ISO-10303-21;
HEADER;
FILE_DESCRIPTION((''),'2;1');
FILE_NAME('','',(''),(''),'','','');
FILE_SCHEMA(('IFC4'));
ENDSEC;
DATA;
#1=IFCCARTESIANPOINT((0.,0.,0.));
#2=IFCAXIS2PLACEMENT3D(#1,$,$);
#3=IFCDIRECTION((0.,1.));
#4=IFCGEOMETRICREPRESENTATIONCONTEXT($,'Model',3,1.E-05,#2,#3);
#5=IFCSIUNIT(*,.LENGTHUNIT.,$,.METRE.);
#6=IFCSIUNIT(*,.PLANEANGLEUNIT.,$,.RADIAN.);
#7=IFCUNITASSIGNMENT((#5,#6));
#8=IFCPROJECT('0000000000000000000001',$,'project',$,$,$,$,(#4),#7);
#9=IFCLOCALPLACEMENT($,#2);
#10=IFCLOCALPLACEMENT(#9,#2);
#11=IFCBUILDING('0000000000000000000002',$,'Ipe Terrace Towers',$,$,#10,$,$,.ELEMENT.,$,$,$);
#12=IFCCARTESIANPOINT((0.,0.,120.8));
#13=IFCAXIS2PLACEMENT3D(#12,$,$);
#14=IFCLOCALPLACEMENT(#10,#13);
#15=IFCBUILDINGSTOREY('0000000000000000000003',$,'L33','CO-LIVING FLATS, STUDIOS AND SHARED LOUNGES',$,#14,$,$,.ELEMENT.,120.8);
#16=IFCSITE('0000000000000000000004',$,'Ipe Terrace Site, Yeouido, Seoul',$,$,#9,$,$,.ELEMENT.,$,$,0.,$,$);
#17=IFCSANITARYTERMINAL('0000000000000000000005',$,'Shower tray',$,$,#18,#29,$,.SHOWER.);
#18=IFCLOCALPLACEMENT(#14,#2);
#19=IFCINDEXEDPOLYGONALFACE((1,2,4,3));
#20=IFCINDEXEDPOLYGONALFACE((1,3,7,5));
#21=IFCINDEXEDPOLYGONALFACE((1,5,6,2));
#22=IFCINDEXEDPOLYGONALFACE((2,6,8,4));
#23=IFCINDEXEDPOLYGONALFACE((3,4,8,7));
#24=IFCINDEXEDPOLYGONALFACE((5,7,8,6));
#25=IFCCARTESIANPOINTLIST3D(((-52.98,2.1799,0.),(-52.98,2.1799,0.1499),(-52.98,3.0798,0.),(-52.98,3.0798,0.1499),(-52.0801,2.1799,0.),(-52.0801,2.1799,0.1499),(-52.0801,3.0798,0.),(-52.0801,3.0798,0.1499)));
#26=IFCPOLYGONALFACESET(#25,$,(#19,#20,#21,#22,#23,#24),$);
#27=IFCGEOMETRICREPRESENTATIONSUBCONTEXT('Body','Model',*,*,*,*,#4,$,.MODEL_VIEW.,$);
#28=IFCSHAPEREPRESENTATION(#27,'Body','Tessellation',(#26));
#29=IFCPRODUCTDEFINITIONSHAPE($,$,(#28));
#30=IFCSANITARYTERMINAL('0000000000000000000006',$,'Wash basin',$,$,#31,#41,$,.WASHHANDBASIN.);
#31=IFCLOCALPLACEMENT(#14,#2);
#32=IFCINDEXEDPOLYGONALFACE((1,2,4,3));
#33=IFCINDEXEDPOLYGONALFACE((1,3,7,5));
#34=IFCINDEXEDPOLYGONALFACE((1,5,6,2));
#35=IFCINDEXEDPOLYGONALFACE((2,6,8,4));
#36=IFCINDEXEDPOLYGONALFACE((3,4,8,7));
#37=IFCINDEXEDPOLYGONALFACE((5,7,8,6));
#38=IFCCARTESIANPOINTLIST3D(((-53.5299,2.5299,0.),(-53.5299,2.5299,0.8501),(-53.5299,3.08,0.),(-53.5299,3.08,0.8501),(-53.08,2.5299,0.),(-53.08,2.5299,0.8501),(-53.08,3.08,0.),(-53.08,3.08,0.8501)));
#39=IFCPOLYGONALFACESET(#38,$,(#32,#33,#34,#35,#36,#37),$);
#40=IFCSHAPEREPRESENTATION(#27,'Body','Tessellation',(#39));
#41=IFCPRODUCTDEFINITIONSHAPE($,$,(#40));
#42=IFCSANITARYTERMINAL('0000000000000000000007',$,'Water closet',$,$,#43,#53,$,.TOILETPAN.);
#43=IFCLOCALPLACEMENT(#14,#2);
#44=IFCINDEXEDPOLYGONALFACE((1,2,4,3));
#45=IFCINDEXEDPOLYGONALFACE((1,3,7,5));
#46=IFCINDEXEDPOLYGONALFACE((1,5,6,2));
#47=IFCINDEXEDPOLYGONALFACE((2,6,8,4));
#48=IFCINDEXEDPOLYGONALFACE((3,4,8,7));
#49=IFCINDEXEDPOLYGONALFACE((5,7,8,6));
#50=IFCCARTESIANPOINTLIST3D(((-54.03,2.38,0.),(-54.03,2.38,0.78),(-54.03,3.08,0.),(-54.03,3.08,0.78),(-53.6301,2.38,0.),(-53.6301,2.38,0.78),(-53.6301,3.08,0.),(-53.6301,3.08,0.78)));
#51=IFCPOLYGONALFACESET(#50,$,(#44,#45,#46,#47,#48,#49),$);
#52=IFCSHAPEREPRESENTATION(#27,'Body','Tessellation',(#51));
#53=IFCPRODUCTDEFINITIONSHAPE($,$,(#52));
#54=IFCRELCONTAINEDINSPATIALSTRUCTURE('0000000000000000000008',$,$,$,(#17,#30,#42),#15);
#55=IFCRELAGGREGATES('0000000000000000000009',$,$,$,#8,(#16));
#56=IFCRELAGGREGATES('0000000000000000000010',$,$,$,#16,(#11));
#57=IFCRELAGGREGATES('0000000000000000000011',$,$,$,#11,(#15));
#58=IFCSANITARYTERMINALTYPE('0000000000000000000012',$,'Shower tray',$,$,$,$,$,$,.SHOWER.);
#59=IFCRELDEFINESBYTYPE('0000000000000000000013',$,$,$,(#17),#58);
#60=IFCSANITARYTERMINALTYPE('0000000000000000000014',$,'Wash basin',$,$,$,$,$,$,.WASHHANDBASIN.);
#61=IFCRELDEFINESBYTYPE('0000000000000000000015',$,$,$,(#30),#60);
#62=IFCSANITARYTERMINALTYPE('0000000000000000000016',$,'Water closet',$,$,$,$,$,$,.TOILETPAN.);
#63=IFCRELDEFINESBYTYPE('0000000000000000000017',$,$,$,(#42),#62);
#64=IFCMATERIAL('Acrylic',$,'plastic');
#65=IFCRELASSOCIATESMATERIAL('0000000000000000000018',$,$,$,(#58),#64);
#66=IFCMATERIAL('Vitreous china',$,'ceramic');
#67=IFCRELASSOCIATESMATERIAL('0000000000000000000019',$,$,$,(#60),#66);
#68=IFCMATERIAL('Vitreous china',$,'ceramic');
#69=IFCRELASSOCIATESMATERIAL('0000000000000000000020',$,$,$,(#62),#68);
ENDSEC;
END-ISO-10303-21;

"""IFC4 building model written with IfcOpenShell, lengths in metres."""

from ifc_helpers import new_model, si_unit, direction, frame, origin, origin_2d, place, context, subcontext, project, spatial, rectangle, extrude, material, type_object, element, save


model = new_model("IFC4")

# Units and contexts
model_context = context("Model", 3, precision=1e-05, world=origin(), true_north=direction((0.0, 1.0)))
body_context = subcontext(model_context, "Body", "Model", "MODEL_VIEW")
ifc_project = project(units=[si_unit("LENGTHUNIT", "METRE"), si_unit("PLANEANGLEUNIT", "RADIAN")], contexts=[model_context])

# Site, building, storey
site_placement = place(None, origin())
site = spatial("IfcSite", under=ifc_project, at=site_placement, Name="Ipe Terrace Site, Yeouido, Seoul", CompositionType="ELEMENT", RefElevation=0.0)
building_placement = place(site_placement, origin())
building = spatial("IfcBuilding", under=site, at=building_placement, Name="Ipe Terrace Towers", CompositionType="ELEMENT")
storey_placement = place(building_placement, frame((0.0, 0.0, 120.8)))
storey = spatial("IfcBuildingStorey", under=building, at=storey_placement, Name="L33", Description="CO-LIVING FLATS, STUDIOS AND SHARED LOUNGES", CompositionType="ELEMENT", Elevation=120.8)

# Sanitary terminals
ifc_material_1 = material(Name="Acrylic", Category="plastic")
sanitary_terminal_type_1 = type_object("IfcSanitaryTerminalType", Name="Shower tray", PredefinedType="SHOWER", material=ifc_material_1)
sanitary_terminal_1_placement = place(storey_placement, frame((-52.53, 2.6299, 0.0), z_axis=(0.0, 0.0, 1.0), x_axis=(0.0, -1.0, 0.0)))
element("IfcSanitaryTerminal", 1, at=sanitary_terminal_1_placement, inside=storey, type_object=sanitary_terminal_type_1, Name="Shower tray", PredefinedType="SHOWER", context=body_context, shape_type="SweptSolid", body=[
    extrude(rectangle(XDim=0.8999, YDim=0.8999, at=origin_2d()), origin(), (0.0, 0.0, 1.0), 0.1499),
])
ifc_material_2 = material(Name="Vitreous china", Category="ceramic")
sanitary_terminal_type_2 = type_object("IfcSanitaryTerminalType", Name="Wash basin", PredefinedType="WASHHANDBASIN", material=ifc_material_2)
sanitary_terminal_2_placement = place(storey_placement, frame((-53.3049, 2.8049, 0.0), z_axis=(0.0, 0.0, 1.0), x_axis=(0.0, -1.0, 0.0)))
element("IfcSanitaryTerminal", 2, at=sanitary_terminal_2_placement, inside=storey, type_object=sanitary_terminal_type_2, Name="Wash basin", PredefinedType="WASHHANDBASIN", context=body_context, shape_type="SweptSolid", body=[
    extrude(rectangle(XDim=0.55, YDim=0.45, at=origin_2d()), origin(), (0.0, 0.0, 1.0), 0.8501),
])
ifc_material_3 = material(Name="Vitreous china", Category="ceramic")
sanitary_terminal_type_3 = type_object("IfcSanitaryTerminalType", Name="Water closet", PredefinedType="TOILETPAN", material=ifc_material_3)
sanitary_terminal_3_placement = place(storey_placement, frame((-53.8301, 2.73, 0.0), z_axis=(0.0, 0.0, 1.0), x_axis=(0.0, -1.0, 0.0)))
element("IfcSanitaryTerminal", 3, at=sanitary_terminal_3_placement, inside=storey, type_object=sanitary_terminal_type_3, Name="Water closet", PredefinedType="TOILETPAN", context=body_context, shape_type="SweptSolid", body=[
    extrude(rectangle(XDim=0.7, YDim=0.3999, at=origin_2d()), origin(), (0.0, 0.0, 1.0), 0.78),
])

save(model, "model.ifc")
